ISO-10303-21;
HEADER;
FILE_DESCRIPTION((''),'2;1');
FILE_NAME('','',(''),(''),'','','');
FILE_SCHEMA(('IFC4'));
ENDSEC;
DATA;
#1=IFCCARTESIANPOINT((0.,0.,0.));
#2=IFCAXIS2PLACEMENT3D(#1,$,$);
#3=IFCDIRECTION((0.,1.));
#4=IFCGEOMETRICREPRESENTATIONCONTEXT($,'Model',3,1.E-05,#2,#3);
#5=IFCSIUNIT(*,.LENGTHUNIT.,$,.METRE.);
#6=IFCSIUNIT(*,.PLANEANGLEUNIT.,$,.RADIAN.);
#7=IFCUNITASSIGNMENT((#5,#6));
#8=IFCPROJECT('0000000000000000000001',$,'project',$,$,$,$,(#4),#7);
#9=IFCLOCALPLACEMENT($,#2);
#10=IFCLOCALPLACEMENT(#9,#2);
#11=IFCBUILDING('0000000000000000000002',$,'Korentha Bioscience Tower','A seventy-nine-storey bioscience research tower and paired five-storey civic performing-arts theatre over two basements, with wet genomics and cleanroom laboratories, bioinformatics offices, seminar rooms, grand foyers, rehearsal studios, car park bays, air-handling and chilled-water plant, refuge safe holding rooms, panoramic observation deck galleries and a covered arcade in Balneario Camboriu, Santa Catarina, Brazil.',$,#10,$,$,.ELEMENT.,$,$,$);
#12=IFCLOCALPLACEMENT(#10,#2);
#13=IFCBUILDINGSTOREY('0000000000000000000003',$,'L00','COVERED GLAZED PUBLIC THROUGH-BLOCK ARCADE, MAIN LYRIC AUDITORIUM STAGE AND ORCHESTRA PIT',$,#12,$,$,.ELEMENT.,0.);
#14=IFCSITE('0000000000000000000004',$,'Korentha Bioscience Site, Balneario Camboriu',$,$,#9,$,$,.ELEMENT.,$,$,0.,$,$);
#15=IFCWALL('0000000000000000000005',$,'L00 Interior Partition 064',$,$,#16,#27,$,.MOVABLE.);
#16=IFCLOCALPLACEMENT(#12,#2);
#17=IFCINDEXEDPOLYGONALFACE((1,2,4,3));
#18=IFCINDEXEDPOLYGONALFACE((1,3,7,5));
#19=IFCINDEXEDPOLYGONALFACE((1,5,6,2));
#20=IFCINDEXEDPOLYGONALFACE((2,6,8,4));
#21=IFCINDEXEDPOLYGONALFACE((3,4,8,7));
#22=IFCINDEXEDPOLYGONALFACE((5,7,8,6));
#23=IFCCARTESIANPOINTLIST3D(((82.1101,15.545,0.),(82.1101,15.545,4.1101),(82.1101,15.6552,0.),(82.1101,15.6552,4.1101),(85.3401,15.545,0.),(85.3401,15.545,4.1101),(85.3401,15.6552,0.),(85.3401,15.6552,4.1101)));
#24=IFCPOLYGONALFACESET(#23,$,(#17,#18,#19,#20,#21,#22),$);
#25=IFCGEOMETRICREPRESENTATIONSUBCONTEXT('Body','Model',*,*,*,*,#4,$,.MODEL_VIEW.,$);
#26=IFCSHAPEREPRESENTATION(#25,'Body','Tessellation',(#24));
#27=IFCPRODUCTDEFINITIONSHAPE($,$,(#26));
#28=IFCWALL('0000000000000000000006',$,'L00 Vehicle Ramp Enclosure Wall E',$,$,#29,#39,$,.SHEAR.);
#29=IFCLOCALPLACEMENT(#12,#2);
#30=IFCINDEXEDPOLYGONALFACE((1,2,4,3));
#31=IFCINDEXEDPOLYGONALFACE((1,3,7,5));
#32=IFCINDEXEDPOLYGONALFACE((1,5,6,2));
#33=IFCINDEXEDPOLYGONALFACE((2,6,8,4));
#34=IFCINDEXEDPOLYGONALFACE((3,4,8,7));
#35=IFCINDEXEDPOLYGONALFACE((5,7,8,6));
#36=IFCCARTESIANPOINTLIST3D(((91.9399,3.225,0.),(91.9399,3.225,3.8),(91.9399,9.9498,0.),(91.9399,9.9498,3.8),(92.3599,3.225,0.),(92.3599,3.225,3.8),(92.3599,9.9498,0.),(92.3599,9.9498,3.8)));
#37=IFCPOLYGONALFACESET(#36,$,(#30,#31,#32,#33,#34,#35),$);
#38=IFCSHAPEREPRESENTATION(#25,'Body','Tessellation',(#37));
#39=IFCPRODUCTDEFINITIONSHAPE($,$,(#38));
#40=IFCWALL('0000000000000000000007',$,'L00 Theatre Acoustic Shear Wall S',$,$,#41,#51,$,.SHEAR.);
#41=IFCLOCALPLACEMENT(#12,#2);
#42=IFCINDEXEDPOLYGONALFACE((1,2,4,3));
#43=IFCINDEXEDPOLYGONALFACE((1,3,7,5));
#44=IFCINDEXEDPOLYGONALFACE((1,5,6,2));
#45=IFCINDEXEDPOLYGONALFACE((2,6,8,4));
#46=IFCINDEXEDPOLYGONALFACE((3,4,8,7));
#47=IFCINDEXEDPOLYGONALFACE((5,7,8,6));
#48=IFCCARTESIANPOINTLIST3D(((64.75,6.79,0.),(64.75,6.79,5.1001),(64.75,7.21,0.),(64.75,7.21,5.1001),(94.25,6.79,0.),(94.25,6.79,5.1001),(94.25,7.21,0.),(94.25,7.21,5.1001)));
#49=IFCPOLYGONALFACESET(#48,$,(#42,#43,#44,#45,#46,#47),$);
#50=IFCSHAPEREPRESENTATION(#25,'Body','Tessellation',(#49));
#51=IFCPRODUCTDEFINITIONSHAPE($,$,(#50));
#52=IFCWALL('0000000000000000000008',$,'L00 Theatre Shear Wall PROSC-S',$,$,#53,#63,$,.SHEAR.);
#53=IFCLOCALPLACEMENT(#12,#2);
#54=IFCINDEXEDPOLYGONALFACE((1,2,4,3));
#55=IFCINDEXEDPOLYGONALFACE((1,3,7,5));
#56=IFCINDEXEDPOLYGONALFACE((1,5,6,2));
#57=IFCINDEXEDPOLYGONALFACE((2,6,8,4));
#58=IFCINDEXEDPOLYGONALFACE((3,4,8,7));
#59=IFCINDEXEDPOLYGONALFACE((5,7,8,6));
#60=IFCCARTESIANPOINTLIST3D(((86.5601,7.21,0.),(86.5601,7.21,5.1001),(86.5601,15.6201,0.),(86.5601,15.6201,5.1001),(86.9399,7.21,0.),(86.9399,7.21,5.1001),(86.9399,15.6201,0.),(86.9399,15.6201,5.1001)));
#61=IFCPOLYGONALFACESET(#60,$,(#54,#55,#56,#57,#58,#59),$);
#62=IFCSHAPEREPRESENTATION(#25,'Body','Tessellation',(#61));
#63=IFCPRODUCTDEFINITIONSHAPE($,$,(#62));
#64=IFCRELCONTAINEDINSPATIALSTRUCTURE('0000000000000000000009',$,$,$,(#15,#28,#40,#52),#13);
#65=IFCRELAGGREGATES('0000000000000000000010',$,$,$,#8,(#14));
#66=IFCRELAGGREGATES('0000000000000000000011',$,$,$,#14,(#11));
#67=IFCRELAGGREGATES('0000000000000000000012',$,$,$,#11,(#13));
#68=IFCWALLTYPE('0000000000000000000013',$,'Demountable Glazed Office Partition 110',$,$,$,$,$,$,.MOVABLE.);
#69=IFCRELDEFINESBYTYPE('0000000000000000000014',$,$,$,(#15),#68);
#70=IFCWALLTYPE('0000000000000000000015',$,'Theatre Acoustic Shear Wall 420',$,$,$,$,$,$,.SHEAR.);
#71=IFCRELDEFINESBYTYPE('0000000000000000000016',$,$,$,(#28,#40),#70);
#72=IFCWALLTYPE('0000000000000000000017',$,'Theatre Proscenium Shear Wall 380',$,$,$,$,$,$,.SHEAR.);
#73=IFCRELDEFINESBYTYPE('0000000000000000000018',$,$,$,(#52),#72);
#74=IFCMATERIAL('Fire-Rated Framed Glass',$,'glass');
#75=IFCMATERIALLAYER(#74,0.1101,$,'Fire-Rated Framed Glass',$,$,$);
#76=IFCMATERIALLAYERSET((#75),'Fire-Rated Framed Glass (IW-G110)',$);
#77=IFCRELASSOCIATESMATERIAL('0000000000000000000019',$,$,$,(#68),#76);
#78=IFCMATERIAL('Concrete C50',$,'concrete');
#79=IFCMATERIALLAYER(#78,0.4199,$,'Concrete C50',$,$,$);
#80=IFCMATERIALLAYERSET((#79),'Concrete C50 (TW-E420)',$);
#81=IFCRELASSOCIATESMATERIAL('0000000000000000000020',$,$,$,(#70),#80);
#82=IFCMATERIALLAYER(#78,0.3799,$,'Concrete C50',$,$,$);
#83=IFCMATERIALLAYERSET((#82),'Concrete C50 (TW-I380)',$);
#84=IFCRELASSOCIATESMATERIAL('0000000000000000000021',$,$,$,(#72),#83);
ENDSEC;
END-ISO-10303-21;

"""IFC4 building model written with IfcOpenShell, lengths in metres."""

from ifc_helpers import new_model, si_unit, direction, frame, frame_2d, origin, place, context, subcontext, project, spatial, rectangle, extrude, material, layer, layer_set, type_object, element, save


model = new_model("IFC4")

# Units and contexts
model_context = context("Model", 3, precision=1e-05, world=origin(), true_north=direction((0.0, 1.0)))
body_context = subcontext(model_context, "Body", "Model", "MODEL_VIEW")
ifc_project = project(units=[si_unit("LENGTHUNIT", "METRE"), si_unit("PLANEANGLEUNIT", "RADIAN")], contexts=[model_context])

# Site, building, storey
site_placement = place(None, origin())
site = spatial("IfcSite", under=ifc_project, at=site_placement, Name="Korentha Bioscience Site, Balneario Camboriu", CompositionType="ELEMENT", RefElevation=0.0)
building_placement = place(site_placement, origin())
building = spatial("IfcBuilding", under=site, at=building_placement, Name="Korentha Bioscience Tower", Description="A seventy-nine-storey bioscience research tower and paired five-storey civic performing-arts theatre over two basements, with wet genomics and cleanroom laboratories, bioinformatics offices, seminar rooms, grand foyers, rehearsal studios, car park bays, air-handling and chilled-water plant, refuge safe holding rooms, panoramic observation deck galleries and a covered arcade in Balneario Camboriu, Santa Catarina, Brazil.", CompositionType="ELEMENT")
storey_placement = place(building_placement, origin())
storey = spatial("IfcBuildingStorey", under=building, at=storey_placement, Name="L00", Description="COVERED GLAZED PUBLIC THROUGH-BLOCK ARCADE, MAIN LYRIC AUDITORIUM STAGE AND ORCHESTRA PIT", CompositionType="ELEMENT", Elevation=0.0)

# Shared definitions
ifc_material_1 = material(Name="Concrete C50", Category="concrete")

# Shared definitions
ifc_material_2 = material(Name="Fire-Rated Framed Glass", Category="glass")
ifc_layer_1 = layer(ifc_material_2, 0.1101, Name="Fire-Rated Framed Glass")
ifc_layer_set_1 = layer_set([ifc_layer_1], Name="Fire-Rated Framed Glass (IW-G110)")
wall_type_1 = type_object("IfcWallType", Name="Demountable Glazed Office Partition 110", PredefinedType="MOVABLE", material=ifc_layer_set_1)

# Walls
for number, where, z_axis, x_axis, name in (
    (1, (82.1101, 15.6001, 0.0), (0.0, 0.0, 1.0), (1.0, 0.0, 0.0), "L00 Interior Partition 064"),
):
    element("IfcWall", number, at=place(storey_placement, frame(where, z_axis=z_axis, x_axis=x_axis)), inside=storey, type_object=wall_type_1, Name=name, PredefinedType="MOVABLE", context=body_context, shape_type="SweptSolid", body=[
        extrude(rectangle(XDim=3.23, YDim=0.1101, at=frame_2d((1.615, 0.0))), origin(), (0.0, 0.0, 1.0), 4.1101),
    ])
ifc_layer_2 = layer(ifc_material_1, 0.4199, Name="Concrete C50")
ifc_layer_set_2 = layer_set([ifc_layer_2], Name="Concrete C50 (TW-E420)")
wall_type_2 = type_object("IfcWallType", Name="Theatre Acoustic Shear Wall 420", PredefinedType="SHEAR", material=ifc_layer_set_2)
wall_1_placement = place(storey_placement, frame((92.1499, 3.2251, 0.0), z_axis=(0.0, 0.0, 1.0), x_axis=(0.0, 1.0, 0.0)))
element("IfcWall", 2, at=wall_1_placement, inside=storey, type_object=wall_type_2, Name="L00 Vehicle Ramp Enclosure Wall E", PredefinedType="SHEAR", context=body_context, shape_type="SweptSolid", body=[
    extrude(rectangle(XDim=6.7249, YDim=0.4199, at=frame_2d((3.3623, 0.0))), origin(), (0.0, 0.0, 1.0), 3.8),
])
wall_2_placement = place(storey_placement, frame((94.25, 7.0, 0.0), z_axis=(0.0, 0.0, 1.0), x_axis=(-1.0, 0.0, 0.0)))
element("IfcWall", 3, at=wall_2_placement, inside=storey, type_object=wall_type_2, Name="L00 Theatre Acoustic Shear Wall S", PredefinedType="SHEAR", context=body_context, shape_type="SweptSolid", body=[
    extrude(rectangle(XDim=29.5, YDim=0.4199, at=frame_2d((14.75, 0.0))), origin(), (0.0, 0.0, 1.0), 5.1001),
])
ifc_layer_3 = layer(ifc_material_1, 0.3799, Name="Concrete C50")
ifc_layer_set_3 = layer_set([ifc_layer_3], Name="Concrete C50 (TW-I380)")
wall_type_3 = type_object("IfcWallType", Name="Theatre Proscenium Shear Wall 380", PredefinedType="SHEAR", material=ifc_layer_set_3)
wall_3_placement = place(storey_placement, frame((86.75, 7.21, 0.0), z_axis=(0.0, 0.0, 1.0), x_axis=(0.0, 1.0, 0.0)))
element("IfcWall", 4, at=wall_3_placement, inside=storey, type_object=wall_type_3, Name="L00 Theatre Shear Wall PROSC-S", PredefinedType="SHEAR", context=body_context, shape_type="SweptSolid", body=[
    extrude(rectangle(XDim=8.4102, YDim=0.3799, at=frame_2d((4.2051, 0.0))), origin(), (0.0, 0.0, 1.0), 5.1001),
])

save(model, "model.ifc")
